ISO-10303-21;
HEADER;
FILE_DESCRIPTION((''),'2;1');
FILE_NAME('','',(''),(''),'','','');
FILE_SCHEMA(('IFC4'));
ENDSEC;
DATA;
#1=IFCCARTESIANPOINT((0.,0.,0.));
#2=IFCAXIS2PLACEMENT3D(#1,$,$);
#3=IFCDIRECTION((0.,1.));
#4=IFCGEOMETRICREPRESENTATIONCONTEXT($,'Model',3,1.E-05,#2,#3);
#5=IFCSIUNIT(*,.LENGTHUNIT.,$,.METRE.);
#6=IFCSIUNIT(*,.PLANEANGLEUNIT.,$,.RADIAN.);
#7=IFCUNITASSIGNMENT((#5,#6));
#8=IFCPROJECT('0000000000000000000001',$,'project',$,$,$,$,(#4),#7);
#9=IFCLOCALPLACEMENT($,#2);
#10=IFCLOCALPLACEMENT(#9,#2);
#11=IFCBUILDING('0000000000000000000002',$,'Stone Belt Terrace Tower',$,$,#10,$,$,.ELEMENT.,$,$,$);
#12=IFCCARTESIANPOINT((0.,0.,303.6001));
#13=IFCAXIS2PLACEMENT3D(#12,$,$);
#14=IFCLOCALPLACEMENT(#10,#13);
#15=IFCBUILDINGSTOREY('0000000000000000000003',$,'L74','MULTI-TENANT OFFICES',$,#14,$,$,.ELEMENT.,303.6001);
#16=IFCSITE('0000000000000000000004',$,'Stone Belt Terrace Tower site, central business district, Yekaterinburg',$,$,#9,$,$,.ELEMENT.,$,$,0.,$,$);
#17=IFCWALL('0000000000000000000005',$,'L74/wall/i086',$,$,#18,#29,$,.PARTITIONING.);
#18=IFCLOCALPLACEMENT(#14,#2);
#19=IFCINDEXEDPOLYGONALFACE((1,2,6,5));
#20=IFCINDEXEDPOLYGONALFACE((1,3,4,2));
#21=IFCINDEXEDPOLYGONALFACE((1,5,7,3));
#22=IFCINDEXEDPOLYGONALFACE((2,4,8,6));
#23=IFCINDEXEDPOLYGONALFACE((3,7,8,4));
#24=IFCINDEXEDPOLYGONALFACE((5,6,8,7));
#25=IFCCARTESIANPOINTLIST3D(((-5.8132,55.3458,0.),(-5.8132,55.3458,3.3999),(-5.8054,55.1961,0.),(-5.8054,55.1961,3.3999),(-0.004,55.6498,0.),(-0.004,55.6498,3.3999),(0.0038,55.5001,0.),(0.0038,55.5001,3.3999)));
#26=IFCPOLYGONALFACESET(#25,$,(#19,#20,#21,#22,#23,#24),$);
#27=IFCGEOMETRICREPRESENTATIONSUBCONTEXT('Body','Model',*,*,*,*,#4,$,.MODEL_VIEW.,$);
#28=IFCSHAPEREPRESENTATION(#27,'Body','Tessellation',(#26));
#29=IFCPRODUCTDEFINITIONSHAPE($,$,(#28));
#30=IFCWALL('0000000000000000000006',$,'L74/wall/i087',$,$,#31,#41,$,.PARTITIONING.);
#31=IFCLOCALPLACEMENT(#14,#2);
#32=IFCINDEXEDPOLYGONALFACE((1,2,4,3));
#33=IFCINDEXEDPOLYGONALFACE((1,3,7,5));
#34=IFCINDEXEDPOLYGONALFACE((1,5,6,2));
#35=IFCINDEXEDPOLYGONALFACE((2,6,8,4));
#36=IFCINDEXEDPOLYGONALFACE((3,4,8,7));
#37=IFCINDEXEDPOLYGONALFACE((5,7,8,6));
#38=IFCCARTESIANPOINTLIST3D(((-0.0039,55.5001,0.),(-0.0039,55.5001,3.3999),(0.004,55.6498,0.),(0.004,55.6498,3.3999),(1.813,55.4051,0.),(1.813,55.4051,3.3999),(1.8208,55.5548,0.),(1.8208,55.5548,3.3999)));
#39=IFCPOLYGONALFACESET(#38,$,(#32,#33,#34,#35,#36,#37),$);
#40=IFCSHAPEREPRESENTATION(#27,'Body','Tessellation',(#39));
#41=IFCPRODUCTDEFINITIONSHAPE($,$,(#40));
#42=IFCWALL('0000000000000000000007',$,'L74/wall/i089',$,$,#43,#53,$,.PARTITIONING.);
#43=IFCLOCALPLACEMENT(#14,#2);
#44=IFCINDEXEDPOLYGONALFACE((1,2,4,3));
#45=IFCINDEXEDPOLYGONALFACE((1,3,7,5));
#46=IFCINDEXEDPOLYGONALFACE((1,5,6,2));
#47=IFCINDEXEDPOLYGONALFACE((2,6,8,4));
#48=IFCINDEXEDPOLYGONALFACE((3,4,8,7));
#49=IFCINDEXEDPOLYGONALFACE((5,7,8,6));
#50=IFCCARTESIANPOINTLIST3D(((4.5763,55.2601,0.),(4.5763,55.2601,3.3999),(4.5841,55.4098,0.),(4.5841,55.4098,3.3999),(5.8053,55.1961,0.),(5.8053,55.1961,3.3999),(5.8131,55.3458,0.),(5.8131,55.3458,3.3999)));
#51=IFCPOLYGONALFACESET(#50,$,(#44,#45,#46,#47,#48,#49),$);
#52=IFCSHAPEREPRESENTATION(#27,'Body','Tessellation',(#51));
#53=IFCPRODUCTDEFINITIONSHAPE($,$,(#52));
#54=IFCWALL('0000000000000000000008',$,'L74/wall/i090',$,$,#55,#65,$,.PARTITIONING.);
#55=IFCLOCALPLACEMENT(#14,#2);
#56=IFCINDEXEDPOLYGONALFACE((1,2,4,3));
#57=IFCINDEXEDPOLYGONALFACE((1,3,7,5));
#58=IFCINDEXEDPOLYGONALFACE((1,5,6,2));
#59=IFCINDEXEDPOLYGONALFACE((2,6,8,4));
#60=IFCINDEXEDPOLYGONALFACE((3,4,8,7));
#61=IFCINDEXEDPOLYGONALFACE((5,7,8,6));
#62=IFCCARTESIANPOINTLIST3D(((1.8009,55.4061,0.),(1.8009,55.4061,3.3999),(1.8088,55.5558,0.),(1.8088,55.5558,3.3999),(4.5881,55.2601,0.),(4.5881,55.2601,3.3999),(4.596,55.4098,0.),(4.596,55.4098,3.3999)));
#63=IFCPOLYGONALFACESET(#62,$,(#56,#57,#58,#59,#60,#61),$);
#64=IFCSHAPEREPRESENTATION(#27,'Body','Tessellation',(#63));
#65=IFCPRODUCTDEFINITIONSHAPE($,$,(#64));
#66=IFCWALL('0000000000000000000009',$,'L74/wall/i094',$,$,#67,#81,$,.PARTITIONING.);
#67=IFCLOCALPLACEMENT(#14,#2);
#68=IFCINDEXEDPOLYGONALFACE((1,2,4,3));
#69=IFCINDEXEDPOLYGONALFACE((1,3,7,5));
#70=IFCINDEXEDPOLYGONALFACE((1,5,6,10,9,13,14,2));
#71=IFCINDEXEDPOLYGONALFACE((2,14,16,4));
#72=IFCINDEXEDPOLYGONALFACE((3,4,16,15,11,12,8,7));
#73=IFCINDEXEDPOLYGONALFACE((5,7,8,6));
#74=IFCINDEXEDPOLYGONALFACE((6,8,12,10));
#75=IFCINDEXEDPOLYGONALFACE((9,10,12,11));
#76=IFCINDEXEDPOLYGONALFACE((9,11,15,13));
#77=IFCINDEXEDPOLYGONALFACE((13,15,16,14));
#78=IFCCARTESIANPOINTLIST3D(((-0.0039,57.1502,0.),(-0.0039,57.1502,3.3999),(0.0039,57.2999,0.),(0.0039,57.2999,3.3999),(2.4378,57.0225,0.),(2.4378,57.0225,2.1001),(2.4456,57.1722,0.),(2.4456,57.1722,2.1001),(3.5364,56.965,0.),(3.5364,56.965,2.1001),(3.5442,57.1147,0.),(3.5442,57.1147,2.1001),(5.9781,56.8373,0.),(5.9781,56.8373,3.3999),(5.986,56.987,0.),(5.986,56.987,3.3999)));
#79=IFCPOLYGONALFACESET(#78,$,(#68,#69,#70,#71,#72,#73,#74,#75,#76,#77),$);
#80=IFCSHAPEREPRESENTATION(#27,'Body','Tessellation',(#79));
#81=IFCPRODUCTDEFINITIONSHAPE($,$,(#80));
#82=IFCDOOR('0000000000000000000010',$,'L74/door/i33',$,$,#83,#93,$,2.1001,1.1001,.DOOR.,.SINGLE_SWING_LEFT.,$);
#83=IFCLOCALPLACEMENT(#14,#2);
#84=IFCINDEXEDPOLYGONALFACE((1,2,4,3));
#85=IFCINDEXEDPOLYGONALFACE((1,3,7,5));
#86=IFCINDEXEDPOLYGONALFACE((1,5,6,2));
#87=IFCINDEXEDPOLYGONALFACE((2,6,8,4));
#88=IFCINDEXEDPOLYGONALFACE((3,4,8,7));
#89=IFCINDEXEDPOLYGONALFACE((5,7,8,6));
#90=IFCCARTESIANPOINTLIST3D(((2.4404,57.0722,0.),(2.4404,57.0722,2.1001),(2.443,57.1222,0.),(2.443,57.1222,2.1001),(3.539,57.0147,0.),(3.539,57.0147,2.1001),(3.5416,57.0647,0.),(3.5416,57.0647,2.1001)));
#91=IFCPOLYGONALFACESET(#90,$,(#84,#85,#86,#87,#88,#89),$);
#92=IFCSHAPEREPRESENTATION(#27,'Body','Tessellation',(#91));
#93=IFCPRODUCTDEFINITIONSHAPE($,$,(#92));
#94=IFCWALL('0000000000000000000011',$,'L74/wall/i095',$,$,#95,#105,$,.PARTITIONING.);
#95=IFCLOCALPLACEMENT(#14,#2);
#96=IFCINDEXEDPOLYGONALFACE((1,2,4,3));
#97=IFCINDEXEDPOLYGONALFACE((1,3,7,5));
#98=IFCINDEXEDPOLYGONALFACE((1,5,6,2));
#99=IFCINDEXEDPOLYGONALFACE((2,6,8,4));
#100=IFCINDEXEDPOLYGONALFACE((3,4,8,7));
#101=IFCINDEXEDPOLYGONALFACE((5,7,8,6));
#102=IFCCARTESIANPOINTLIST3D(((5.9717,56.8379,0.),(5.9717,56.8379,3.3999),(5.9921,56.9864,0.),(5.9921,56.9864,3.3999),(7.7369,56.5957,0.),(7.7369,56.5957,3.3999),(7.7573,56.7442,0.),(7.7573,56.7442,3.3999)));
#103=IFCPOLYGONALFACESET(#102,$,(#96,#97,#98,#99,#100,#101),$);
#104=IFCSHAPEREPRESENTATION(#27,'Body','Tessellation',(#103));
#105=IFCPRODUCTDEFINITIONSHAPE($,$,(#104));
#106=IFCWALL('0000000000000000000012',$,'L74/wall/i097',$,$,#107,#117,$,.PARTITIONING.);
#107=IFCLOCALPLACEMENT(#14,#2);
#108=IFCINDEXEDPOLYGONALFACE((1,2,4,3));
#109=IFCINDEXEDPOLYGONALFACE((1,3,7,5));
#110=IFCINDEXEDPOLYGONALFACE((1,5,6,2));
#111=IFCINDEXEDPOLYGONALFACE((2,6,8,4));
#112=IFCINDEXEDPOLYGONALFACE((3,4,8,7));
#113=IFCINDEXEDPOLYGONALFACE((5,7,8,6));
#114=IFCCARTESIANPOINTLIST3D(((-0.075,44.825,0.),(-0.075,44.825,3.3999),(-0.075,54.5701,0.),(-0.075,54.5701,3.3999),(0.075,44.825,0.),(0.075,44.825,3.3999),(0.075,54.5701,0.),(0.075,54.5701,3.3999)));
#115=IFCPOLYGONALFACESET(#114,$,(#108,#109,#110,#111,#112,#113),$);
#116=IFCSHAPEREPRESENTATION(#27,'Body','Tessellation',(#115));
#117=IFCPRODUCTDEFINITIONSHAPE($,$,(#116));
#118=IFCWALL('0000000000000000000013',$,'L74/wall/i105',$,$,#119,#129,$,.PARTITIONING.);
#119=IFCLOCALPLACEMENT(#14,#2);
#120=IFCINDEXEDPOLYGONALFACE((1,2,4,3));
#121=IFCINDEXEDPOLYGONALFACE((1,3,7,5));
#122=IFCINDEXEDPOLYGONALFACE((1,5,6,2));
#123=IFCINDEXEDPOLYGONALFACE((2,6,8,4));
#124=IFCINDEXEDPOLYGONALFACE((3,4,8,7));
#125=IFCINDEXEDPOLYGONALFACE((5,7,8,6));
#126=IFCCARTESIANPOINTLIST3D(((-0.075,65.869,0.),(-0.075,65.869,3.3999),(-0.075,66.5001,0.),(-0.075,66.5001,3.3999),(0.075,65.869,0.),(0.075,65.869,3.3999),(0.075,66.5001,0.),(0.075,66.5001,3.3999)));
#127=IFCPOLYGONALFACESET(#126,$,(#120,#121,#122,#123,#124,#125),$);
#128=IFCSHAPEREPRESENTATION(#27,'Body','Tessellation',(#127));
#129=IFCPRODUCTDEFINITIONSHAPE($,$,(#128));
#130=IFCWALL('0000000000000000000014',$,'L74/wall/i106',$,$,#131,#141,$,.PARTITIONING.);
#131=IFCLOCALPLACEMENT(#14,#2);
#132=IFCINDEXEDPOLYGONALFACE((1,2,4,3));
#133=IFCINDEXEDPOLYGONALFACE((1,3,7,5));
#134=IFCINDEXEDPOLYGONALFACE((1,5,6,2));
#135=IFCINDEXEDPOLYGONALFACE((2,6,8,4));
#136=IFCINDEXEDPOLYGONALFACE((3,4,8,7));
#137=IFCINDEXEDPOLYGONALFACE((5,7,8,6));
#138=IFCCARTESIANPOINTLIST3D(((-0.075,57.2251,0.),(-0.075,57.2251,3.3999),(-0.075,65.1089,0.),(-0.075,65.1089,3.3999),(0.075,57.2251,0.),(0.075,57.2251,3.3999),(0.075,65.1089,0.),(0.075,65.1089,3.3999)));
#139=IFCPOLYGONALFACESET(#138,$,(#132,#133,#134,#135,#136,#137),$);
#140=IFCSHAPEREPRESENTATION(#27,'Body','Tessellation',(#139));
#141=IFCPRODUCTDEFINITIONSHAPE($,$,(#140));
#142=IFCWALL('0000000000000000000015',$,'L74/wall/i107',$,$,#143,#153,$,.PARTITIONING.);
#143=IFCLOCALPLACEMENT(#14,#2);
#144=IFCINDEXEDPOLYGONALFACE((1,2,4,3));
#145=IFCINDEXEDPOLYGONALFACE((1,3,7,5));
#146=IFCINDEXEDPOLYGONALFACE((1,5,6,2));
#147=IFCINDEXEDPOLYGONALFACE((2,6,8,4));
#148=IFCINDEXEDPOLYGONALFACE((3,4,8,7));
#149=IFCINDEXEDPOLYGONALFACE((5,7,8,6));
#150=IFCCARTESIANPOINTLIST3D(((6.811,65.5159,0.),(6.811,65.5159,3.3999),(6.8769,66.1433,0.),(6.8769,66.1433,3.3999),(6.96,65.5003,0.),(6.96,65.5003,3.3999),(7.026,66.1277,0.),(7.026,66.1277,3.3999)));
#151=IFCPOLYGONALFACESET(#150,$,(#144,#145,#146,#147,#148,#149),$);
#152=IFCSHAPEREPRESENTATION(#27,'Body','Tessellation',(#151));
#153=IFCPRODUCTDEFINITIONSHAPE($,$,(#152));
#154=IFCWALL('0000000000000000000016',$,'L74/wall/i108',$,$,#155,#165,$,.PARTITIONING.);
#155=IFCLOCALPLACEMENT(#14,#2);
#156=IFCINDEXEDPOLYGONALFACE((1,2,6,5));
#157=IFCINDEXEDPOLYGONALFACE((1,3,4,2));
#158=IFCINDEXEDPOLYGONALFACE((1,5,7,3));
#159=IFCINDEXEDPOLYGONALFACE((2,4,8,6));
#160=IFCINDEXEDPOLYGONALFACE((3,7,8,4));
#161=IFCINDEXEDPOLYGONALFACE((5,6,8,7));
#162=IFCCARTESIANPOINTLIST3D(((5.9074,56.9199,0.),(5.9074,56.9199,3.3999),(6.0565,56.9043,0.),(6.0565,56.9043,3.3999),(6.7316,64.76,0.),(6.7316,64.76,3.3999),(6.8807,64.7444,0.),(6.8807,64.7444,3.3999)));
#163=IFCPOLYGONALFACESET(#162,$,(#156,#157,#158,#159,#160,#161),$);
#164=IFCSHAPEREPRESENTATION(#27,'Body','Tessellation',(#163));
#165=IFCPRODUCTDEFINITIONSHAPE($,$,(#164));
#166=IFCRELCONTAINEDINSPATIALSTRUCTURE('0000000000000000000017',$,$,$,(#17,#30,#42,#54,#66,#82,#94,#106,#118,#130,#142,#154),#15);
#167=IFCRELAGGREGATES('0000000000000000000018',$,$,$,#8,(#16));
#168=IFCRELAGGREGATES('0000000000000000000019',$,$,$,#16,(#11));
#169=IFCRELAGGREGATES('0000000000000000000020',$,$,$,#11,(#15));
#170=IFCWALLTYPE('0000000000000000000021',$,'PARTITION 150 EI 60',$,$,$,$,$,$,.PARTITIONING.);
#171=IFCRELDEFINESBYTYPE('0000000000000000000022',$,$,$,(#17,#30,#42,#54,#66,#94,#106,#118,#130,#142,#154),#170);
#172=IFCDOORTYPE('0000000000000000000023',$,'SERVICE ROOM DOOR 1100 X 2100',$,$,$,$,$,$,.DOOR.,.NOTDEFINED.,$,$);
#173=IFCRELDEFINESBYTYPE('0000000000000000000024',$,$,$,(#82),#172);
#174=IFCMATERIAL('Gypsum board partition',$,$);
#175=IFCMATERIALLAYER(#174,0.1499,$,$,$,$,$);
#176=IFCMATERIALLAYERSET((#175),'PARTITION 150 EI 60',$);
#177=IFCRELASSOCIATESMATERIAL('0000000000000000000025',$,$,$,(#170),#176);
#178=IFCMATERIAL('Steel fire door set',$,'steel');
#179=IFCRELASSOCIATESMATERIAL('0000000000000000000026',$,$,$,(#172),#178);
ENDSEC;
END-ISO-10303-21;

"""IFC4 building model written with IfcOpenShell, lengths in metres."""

from ifc_helpers import new_model, si_unit, direction, frame, frame_2d, origin, place, context, subcontext, project, spatial, rectangle, extrude, material, layer, layer_set, type_object, element, fill, save


model = new_model("IFC4")

# Units and contexts
model_context = context("Model", 3, precision=1e-05, world=origin(), true_north=direction((0.0, 1.0)))
body_context = subcontext(model_context, "Body", "Model", "MODEL_VIEW")
ifc_project = project(units=[si_unit("LENGTHUNIT", "METRE"), si_unit("PLANEANGLEUNIT", "RADIAN")], contexts=[model_context])

# Site, building, storey
site_placement = place(None, origin())
site = spatial("IfcSite", under=ifc_project, at=site_placement, Name="Stone Belt Terrace Tower site, central business district, Yekaterinburg", CompositionType="ELEMENT", RefElevation=0.0)
building_placement = place(site_placement, origin())
building = spatial("IfcBuilding", under=site, at=building_placement, Name="Stone Belt Terrace Tower", CompositionType="ELEMENT")
storey_placement = place(building_placement, frame((0.0, 0.0, 303.6001)))
storey = spatial("IfcBuildingStorey", under=building, at=storey_placement, Name="L74", Description="MULTI-TENANT OFFICES", CompositionType="ELEMENT", Elevation=303.6001)

# Shared definitions
ifc_material_1 = material(Name="Gypsum board partition")

# Walls
ifc_layer_1 = layer(ifc_material_1, 0.1499)
ifc_layer_set_1 = layer_set([ifc_layer_1], Name="PARTITION 150 EI 60")
wall_type_1 = type_object("IfcWallType", Name="PARTITION 150 EI 60", PredefinedType="PARTITIONING", material=ifc_layer_set_1)
wall_1_placement = place(storey_placement, frame((0.0, 55.575, 0.0), z_axis=(0.0, 0.0, 1.0), x_axis=(-0.998634, -0.052253, 0.0)))
element("IfcWall", 1, at=wall_1_placement, inside=storey, type_object=wall_type_1, Name="L74/wall/i086", PredefinedType="PARTITIONING", context=body_context, shape_type="SweptSolid", body=[
    extrude(rectangle(XDim=5.8171, YDim=0.1499, at=frame_2d((2.9087, 0.0))), origin(), (0.0, 0.0, 1.0), 3.3999),
])
wall_2_placement = place(storey_placement, frame((1.8169, 55.48, 0.0), z_axis=(0.0, 0.0, 1.0), x_axis=(-0.998637, 0.0522, 0.0)))
element("IfcWall", 2, at=wall_2_placement, inside=storey, type_object=wall_type_1, Name="L74/wall/i087", PredefinedType="PARTITIONING", context=body_context, shape_type="SweptSolid", body=[
    extrude(rectangle(XDim=1.8193, YDim=0.1499, at=frame_2d((0.9097, 0.0))), origin(), (0.0, 0.0, 1.0), 3.3999),
])
wall_3_placement = place(storey_placement, frame((5.8091, 55.271, 0.0), z_axis=(0.0, 0.0, 1.0), x_axis=(-0.998648, 0.051976, 0.0)))
element("IfcWall", 3, at=wall_3_placement, inside=storey, type_object=wall_type_1, Name="L74/wall/i089", PredefinedType="PARTITIONING", context=body_context, shape_type="SweptSolid", body=[
    extrude(rectangle(XDim=1.2307, YDim=0.1499, at=frame_2d((0.6152, 0.0))), origin(), (0.0, 0.0, 1.0), 3.3999),
])
wall_4_placement = place(storey_placement, frame((4.592, 55.335, 0.0), z_axis=(0.0, 0.0, 1.0), x_axis=(-0.998631, 0.052311, 0.0)))
element("IfcWall", 4, at=wall_4_placement, inside=storey, type_object=wall_type_1, Name="L74/wall/i090", PredefinedType="PARTITIONING", context=body_context, shape_type="SweptSolid", body=[
    extrude(rectangle(XDim=2.791, YDim=0.1499, at=frame_2d((1.3955, 0.0))), origin(), (0.0, 0.0, 1.0), 3.3999),
])

# Wall, opening, door
wall_5_placement = place(storey_placement, frame((0.0, 57.2251, 0.0), z_axis=(0.0, 0.0, 1.0), x_axis=(0.998634, -0.052251, 0.0)))
wall_5 = element("IfcWall", 5, at=wall_5_placement, inside=storey, type_object=wall_type_1, Name="L74/wall/i094", PredefinedType="PARTITIONING", context=body_context, shape_type="SweptSolid", body=[
    extrude(rectangle(XDim=5.9902, YDim=0.1499, at=frame_2d((2.9951, 0.0))), origin(), (0.0, 0.0, 1.0), 3.3999),
])
opening_1_placement = place(wall_5_placement, frame((2.4451, 0.0, 0.0)))
opening_1 = element("IfcOpeningElement", 6, at=opening_1_placement, cuts=wall_5, PredefinedType="OPENING", context=body_context, shape_type="SweptSolid", body=[
    extrude(rectangle(XDim=1.1001, YDim=2.1001, at=frame_2d((0.55, 1.05))), frame((0.0, 0.085, 0.0), z_axis=(0.0, -1.0, 0.0), x_axis=(1.0, 0.0, 0.0)), (0.0, 0.0, 1.0), 0.1699),
])
ifc_material_2 = material(Name="Steel fire door set", Category="steel")
door_type_1 = type_object("IfcDoorType", Name="SERVICE ROOM DOOR 1100 X 2100", OperationType="NOTDEFINED", PredefinedType="DOOR", material=ifc_material_2)
door_1_placement = place(opening_1_placement, origin())
door_1 = element("IfcDoor", 7, at=door_1_placement, inside=storey, type_object=door_type_1, Name="L74/door/i33", OperationType="SINGLE_SWING_LEFT", OverallHeight=2.1001, OverallWidth=1.1001, PredefinedType="DOOR", context=body_context, shape_type="SweptSolid", body=[
    extrude(rectangle(XDim=1.1001, YDim=2.1001, at=frame_2d((0.55, 1.05))), frame((0.0, 0.0249, 0.0), z_axis=(0.0, -1.0, 0.0), x_axis=(1.0, 0.0, 0.0)), (0.0, 0.0, 1.0), 0.05),
])
fill(opening_1, door_1)

# Walls
wall_6_placement = place(storey_placement, frame((5.9819, 56.9121, 0.0), z_axis=(0.0, 0.0, 1.0), x_axis=(0.990718, -0.135933, 0.0)))
element("IfcWall", 8, at=wall_6_placement, inside=storey, type_object=wall_type_1, Name="L74/wall/i095", PredefinedType="PARTITIONING", context=body_context, shape_type="SweptSolid", body=[
    extrude(rectangle(XDim=1.7817, YDim=0.1499, at=frame_2d((0.8909, 0.0))), origin(), (0.0, 0.0, 1.0), 3.3999),
])
wall_7_placement = place(storey_placement, frame((0.0, 54.5701, 0.0), z_axis=(0.0, 0.0, 1.0), x_axis=(0.0, -1.0, 0.0)))
element("IfcWall", 9, at=wall_7_placement, inside=storey, type_object=wall_type_1, Name="L74/wall/i097", PredefinedType="PARTITIONING", context=body_context, shape_type="SweptSolid", body=[
    extrude(rectangle(XDim=9.7451, YDim=0.1499, at=frame_2d((4.8726, 0.0))), origin(), (0.0, 0.0, 1.0), 3.3999),
])
wall_8_placement = place(storey_placement, frame((0.0, 66.5, 0.0), z_axis=(0.0, 0.0, 1.0), x_axis=(0.0, -1.0, 0.0)))
element("IfcWall", 10, at=wall_8_placement, inside=storey, type_object=wall_type_1, Name="L74/wall/i105", PredefinedType="PARTITIONING", context=body_context, shape_type="SweptSolid", body=[
    extrude(rectangle(XDim=0.6311, YDim=0.1499, at=frame_2d((0.3154, 0.0))), origin(), (0.0, 0.0, 1.0), 3.3999),
])
wall_9_placement = place(storey_placement, frame((0.0, 65.1089, 0.0), z_axis=(0.0, 0.0, 1.0), x_axis=(0.0, -1.0, 0.0)))
element("IfcWall", 11, at=wall_9_placement, inside=storey, type_object=wall_type_1, Name="L74/wall/i106", PredefinedType="PARTITIONING", context=body_context, shape_type="SweptSolid", body=[
    extrude(rectangle(XDim=7.8838, YDim=0.1499, at=frame_2d((3.9419, 0.0))), origin(), (0.0, 0.0, 1.0), 3.3999),
])
wall_10_placement = place(storey_placement, frame((6.9514, 66.1355, 0.0), z_axis=(0.0, 0.0, 1.0), x_axis=(-0.104483, -0.994527, 0.0)))
element("IfcWall", 12, at=wall_10_placement, inside=storey, type_object=wall_type_1, Name="L74/wall/i107", PredefinedType="PARTITIONING", context=body_context, shape_type="SweptSolid", body=[
    extrude(rectangle(XDim=0.6309, YDim=0.1499, at=frame_2d((0.3154, 0.0))), origin(), (0.0, 0.0, 1.0), 3.3999),
])
wall_11_placement = place(storey_placement, frame((6.8062, 64.7522, 0.0), z_axis=(0.0, 0.0, 1.0), x_axis=(-0.104553, -0.994519, 0.0)))
element("IfcWall", 13, at=wall_11_placement, inside=storey, type_object=wall_type_1, Name="L74/wall/i108", PredefinedType="PARTITIONING", context=body_context, shape_type="SweptSolid", body=[
    extrude(rectangle(XDim=7.8833, YDim=0.1499, at=frame_2d((3.9417, 0.0))), origin(), (0.0, 0.0, 1.0), 3.3999),
])

save(model, "model.ifc")
